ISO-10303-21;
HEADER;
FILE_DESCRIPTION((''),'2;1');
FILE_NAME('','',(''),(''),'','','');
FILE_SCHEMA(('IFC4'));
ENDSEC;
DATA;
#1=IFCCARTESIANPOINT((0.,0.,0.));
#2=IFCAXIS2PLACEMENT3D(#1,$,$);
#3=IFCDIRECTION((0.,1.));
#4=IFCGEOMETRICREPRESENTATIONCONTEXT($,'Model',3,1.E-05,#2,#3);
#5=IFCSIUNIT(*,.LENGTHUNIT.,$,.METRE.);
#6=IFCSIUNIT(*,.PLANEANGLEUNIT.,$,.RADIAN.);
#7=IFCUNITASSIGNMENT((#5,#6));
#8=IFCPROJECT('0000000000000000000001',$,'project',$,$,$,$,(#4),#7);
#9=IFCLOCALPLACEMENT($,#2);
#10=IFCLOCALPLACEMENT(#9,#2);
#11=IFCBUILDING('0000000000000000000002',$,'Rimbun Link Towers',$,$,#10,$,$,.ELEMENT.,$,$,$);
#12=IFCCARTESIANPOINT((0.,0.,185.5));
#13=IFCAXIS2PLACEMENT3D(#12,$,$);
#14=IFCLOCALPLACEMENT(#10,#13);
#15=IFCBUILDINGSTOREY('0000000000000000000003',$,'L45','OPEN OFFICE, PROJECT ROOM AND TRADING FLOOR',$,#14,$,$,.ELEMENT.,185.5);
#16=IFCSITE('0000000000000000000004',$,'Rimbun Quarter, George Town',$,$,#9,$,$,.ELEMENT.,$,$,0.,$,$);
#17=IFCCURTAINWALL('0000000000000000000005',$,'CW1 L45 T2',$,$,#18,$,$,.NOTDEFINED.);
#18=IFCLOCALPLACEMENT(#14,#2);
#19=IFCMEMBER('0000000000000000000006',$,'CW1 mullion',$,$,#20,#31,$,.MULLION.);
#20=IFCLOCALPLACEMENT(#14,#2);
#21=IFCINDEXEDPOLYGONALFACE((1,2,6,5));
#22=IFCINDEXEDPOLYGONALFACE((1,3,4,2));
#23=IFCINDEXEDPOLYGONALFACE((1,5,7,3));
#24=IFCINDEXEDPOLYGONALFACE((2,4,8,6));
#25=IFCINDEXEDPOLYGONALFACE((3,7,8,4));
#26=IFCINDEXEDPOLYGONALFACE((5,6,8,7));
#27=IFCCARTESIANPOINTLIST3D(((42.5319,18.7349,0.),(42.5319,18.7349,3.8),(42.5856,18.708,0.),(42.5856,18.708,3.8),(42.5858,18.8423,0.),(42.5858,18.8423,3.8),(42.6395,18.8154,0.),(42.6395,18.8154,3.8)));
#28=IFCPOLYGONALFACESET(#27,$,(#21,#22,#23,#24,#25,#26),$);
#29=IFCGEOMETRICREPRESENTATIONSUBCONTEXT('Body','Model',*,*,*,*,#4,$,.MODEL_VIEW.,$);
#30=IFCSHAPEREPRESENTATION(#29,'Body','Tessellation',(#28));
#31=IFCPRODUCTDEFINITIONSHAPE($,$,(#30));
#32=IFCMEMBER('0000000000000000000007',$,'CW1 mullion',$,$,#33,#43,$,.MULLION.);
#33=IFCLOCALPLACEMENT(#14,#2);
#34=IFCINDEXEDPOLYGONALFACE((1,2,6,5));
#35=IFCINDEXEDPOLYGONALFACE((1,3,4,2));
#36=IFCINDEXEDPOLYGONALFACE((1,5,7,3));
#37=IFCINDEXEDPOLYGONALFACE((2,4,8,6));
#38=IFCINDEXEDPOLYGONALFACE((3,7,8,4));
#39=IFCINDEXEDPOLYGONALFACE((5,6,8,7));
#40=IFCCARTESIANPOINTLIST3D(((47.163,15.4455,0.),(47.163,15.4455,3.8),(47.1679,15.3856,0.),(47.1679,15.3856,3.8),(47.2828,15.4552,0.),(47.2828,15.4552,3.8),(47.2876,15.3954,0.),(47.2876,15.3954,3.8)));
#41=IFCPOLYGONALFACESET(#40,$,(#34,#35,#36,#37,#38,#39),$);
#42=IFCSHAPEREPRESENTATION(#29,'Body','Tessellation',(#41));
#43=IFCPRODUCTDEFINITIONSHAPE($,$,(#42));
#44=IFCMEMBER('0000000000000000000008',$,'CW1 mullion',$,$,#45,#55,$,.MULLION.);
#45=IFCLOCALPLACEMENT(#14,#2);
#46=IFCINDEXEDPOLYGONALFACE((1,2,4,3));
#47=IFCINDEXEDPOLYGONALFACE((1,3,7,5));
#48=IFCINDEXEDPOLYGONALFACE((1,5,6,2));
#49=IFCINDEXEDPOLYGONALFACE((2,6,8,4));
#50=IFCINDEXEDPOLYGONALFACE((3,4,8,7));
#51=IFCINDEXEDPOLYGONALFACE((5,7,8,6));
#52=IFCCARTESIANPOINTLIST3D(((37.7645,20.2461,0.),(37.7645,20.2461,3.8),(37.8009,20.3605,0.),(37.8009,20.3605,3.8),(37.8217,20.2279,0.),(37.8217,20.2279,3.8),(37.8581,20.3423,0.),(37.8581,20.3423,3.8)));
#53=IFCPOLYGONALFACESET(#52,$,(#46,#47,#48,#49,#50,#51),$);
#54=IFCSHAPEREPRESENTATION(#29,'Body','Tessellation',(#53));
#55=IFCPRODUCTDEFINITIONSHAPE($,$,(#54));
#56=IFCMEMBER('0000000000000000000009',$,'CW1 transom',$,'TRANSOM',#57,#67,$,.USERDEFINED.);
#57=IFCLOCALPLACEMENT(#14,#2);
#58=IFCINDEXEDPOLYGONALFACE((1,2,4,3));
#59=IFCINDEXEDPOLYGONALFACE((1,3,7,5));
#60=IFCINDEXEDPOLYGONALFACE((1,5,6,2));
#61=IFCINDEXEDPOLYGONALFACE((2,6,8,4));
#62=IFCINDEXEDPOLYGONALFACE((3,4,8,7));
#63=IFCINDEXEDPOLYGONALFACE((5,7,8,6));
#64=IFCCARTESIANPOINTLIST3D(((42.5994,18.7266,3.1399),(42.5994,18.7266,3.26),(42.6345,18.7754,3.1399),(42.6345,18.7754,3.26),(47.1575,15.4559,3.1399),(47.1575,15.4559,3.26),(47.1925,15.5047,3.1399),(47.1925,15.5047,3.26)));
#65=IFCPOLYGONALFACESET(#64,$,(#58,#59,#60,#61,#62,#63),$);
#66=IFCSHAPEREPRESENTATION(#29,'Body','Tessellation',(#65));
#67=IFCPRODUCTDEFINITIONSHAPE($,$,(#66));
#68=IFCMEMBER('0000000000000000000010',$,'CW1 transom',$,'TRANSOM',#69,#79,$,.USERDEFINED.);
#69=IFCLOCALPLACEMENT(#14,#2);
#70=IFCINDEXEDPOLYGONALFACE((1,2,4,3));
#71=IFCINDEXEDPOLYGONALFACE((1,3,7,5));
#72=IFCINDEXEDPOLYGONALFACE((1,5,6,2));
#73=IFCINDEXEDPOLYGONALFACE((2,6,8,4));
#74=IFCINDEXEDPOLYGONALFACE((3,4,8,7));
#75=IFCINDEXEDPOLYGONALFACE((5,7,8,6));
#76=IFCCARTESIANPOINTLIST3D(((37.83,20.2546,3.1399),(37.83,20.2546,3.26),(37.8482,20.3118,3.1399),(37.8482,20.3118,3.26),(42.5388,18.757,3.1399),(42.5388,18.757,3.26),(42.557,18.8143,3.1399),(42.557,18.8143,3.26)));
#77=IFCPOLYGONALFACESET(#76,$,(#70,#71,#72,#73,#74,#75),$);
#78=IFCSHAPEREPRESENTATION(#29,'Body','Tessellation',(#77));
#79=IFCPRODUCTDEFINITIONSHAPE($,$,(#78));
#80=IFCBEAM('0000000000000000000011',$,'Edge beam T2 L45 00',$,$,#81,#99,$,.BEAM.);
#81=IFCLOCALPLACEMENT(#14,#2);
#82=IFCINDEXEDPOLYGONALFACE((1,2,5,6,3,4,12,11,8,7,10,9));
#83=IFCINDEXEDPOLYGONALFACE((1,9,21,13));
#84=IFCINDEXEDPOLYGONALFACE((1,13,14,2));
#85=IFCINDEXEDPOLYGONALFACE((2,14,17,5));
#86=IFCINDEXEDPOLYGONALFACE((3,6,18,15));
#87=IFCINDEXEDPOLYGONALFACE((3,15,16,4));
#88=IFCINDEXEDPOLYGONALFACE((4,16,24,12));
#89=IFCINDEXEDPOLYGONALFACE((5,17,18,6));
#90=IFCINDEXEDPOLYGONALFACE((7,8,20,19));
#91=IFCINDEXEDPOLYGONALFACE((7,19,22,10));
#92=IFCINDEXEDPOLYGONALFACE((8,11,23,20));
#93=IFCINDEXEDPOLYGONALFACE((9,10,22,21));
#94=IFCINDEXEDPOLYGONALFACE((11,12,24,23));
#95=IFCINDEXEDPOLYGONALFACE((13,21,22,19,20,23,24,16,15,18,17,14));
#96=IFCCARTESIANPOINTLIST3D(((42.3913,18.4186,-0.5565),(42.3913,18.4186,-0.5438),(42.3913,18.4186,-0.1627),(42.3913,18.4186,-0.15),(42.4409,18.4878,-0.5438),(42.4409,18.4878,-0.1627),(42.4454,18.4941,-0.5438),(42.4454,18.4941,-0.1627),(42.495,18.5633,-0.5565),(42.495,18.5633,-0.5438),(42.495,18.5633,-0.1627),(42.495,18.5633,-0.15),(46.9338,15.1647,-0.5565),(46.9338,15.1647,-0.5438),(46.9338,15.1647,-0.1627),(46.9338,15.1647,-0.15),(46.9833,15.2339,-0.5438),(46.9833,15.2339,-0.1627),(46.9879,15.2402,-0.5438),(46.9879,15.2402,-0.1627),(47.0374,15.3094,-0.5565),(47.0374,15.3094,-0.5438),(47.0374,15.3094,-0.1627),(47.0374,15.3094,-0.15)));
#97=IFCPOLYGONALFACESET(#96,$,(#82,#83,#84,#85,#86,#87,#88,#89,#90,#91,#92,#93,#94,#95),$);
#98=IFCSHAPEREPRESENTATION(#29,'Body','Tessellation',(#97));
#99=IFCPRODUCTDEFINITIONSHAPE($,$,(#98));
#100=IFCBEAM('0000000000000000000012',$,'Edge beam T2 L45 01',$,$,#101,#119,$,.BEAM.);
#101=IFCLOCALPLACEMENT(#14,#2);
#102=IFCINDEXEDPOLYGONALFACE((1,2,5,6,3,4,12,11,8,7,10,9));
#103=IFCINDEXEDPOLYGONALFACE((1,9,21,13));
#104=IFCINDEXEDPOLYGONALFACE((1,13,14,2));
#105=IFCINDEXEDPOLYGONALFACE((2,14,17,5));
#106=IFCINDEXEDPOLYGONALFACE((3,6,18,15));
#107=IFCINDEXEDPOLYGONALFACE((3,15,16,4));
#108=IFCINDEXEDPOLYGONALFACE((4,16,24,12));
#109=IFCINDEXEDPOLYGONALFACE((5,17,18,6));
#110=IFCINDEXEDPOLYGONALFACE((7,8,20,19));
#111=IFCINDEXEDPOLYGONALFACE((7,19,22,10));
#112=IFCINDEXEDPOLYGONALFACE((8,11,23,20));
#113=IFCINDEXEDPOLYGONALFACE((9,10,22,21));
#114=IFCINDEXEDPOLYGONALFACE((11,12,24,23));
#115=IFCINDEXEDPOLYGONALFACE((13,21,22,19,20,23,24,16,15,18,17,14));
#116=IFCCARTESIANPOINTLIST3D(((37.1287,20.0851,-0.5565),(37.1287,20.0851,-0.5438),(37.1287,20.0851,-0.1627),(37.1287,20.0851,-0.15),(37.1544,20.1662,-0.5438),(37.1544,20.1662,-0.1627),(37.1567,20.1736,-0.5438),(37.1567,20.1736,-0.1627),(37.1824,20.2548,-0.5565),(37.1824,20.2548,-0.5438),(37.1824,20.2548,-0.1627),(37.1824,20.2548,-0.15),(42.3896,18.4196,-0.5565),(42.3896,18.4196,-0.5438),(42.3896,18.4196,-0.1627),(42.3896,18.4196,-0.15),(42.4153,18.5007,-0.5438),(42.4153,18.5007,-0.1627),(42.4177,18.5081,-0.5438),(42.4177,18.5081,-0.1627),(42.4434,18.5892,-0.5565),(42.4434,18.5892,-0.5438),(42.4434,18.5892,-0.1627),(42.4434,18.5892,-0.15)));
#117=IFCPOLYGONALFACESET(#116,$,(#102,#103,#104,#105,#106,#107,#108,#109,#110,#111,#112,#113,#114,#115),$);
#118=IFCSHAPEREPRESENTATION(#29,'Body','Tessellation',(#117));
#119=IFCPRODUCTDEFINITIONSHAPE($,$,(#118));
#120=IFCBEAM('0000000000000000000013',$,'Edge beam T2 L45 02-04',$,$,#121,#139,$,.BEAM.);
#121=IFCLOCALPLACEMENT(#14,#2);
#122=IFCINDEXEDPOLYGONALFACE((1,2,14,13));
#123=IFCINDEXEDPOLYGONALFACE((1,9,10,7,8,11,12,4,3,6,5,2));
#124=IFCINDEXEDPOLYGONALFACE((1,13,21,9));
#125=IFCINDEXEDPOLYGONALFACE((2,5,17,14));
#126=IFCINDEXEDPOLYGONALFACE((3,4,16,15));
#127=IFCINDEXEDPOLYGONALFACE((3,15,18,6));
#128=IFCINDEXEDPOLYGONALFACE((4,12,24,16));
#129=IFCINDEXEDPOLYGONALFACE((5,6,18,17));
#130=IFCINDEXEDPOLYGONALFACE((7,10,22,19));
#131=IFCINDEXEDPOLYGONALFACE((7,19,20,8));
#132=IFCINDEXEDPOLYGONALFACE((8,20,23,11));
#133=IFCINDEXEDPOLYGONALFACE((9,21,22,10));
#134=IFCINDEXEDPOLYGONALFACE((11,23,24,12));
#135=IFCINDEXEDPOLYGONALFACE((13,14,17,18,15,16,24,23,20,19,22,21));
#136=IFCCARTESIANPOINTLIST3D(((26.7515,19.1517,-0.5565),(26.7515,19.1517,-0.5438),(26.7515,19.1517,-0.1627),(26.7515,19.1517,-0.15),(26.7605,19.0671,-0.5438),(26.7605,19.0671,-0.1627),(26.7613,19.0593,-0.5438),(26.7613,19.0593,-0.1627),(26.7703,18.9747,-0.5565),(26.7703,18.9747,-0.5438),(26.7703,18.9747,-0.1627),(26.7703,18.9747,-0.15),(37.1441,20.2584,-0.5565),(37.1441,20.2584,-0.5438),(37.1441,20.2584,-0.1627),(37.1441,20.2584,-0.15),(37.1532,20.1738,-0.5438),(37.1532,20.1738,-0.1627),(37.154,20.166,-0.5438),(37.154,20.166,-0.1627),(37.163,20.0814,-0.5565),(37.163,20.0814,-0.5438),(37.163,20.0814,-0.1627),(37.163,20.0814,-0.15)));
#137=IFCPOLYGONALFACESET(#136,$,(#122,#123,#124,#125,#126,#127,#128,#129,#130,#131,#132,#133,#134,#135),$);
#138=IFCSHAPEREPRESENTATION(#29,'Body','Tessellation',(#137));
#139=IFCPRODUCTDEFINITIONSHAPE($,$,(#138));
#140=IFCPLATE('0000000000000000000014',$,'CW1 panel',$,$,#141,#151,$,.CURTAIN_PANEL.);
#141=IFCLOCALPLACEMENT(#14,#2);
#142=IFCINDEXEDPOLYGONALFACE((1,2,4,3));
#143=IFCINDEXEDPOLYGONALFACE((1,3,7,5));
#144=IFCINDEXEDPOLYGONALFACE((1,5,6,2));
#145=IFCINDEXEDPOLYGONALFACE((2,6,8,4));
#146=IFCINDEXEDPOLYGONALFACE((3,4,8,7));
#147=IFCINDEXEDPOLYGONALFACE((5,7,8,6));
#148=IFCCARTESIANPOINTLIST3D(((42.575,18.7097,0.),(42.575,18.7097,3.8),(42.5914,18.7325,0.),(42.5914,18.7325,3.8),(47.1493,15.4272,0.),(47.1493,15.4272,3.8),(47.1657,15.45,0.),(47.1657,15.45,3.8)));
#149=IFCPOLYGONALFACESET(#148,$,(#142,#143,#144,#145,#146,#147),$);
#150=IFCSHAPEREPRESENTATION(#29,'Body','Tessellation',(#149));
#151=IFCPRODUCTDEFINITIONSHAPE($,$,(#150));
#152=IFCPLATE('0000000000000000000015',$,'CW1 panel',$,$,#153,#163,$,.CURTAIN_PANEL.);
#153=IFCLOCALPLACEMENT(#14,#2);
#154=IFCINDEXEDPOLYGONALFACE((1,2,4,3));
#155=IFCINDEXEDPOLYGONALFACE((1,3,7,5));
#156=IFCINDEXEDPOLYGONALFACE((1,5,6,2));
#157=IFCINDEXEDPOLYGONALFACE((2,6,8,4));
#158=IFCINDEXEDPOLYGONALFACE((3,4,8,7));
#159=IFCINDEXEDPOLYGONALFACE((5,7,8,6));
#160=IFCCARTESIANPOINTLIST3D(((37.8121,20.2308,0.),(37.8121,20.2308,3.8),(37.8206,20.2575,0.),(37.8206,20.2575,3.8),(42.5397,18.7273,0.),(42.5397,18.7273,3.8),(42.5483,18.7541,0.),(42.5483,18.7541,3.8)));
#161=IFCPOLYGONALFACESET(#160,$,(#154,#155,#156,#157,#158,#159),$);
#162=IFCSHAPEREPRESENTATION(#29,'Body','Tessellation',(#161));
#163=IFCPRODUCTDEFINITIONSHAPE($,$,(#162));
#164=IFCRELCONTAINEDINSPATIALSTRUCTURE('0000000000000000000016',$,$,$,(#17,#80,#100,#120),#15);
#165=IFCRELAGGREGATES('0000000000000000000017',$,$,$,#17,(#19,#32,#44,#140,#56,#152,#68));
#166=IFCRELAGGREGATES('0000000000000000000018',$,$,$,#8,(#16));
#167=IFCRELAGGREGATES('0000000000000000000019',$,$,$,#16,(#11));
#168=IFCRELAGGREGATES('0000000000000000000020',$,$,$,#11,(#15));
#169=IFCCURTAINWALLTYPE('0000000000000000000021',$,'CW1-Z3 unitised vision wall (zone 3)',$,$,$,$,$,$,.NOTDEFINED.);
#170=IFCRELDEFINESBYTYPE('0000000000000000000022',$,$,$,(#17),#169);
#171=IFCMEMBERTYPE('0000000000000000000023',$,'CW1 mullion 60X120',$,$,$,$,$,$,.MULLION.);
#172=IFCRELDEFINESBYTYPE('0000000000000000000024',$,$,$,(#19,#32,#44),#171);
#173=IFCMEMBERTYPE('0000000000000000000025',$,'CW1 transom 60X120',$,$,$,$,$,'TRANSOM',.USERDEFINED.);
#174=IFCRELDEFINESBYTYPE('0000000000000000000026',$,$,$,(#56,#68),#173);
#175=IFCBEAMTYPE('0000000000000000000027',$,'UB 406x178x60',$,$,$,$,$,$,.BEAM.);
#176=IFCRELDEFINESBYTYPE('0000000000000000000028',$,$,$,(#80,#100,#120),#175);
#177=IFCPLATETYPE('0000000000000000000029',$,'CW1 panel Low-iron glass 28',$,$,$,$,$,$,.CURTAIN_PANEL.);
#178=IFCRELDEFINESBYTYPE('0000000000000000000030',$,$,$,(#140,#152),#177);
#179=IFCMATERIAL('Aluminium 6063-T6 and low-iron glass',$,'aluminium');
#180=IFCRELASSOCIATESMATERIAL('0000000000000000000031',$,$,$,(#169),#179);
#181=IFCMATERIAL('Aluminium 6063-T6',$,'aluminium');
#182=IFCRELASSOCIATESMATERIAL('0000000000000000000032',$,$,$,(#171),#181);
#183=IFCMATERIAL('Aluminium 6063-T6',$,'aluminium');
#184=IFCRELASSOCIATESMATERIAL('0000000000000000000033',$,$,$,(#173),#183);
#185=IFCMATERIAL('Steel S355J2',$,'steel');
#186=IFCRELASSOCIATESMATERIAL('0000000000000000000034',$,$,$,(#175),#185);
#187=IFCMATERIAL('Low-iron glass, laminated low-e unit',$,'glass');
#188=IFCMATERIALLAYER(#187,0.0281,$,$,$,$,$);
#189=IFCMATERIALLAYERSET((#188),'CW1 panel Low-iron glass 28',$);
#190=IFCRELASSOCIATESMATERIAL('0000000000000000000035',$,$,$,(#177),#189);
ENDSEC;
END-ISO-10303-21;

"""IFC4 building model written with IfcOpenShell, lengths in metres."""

from ifc_helpers import new_model, si_unit, direction, frame, origin, origin_2d, place, context, subcontext, project, spatial, rectangle, i_section, extrude, material, layer, layer_set, material_profile, profile_set, type_object, element, aggregate, save


model = new_model("IFC4")

# Units and contexts
model_context = context("Model", 3, precision=1e-05, world=origin(), true_north=direction((0.0, 1.0)))
body_context = subcontext(model_context, "Body", "Model", "MODEL_VIEW")
ifc_project = project(units=[si_unit("LENGTHUNIT", "METRE"), si_unit("PLANEANGLEUNIT", "RADIAN")], contexts=[model_context])

# Site, building, storey
site_placement = place(None, origin())
site = spatial("IfcSite", under=ifc_project, at=site_placement, Name="Rimbun Quarter, George Town", CompositionType="ELEMENT", RefElevation=0.0)
building_placement = place(site_placement, origin())
building = spatial("IfcBuilding", under=site, at=building_placement, Name="Rimbun Link Towers", CompositionType="ELEMENT")
storey_placement = place(building_placement, frame((0.0, 0.0, 185.5)))
storey = spatial("IfcBuildingStorey", under=building, at=storey_placement, Name="L45", Description="OPEN OFFICE, PROJECT ROOM AND TRADING FLOOR", CompositionType="ELEMENT", Elevation=185.5)

# Curtain wall, members
ifc_material_1 = material(Name="Aluminium 6063-T6 and low-iron glass", Category="aluminium")
curtain_wall_type = type_object("IfcCurtainWallType", Name="CW1-Z3 unitised vision wall (zone 3)", PredefinedType="NOTDEFINED", material=ifc_material_1)
curtain_wall_placement = place(storey_placement, origin())
curtain_wall = element("IfcCurtainWall", 1, at=curtain_wall_placement, inside=storey, type_object=curtain_wall_type, Name="CW1 L45 T2", PredefinedType="NOTDEFINED")
ifc_material_2 = material(Name="Aluminium 6063-T6", Category="aluminium")
ifc_material_profile_1 = material_profile(ifc_material_2, rectangle(XDim=0.1201, YDim=0.0601, at=origin_2d()), Name="MULLION 60X120")
ifc_profile_set_1 = profile_set([ifc_material_profile_1], Name="Aluminium 6063-T6")
member_type_1 = type_object("IfcMemberType", Name="CW1 mullion 60X120", PredefinedType="MULLION", material=ifc_profile_set_1)
member_1_placement = place(storey_placement, frame((42.5857, 18.7751, 0.0), z_axis=(0.0, 0.0, 1.0), x_axis=(0.44857, 0.893748, 0.0)))
member_1 = element("IfcMember", 2, at=member_1_placement, type_object=member_type_1, Name="CW1 mullion", PredefinedType="MULLION", context=body_context, shape_type="SweptSolid", body=[
    extrude(rectangle(XDim=0.1201, YDim=0.0601, at=origin_2d()), origin(), (0.0, 0.0, 1.0), 3.8),
])
member_2_placement = place(storey_placement, frame((47.2253, 15.4204, 0.0), z_axis=(0.0, 0.0, 1.0), x_axis=(0.996682, 0.081391, 0.0)))
member_2 = element("IfcMember", 3, at=member_2_placement, type_object=member_type_1, Name="CW1 mullion", PredefinedType="MULLION", context=body_context, shape_type="SweptSolid", body=[
    extrude(rectangle(XDim=0.1201, YDim=0.0601, at=origin_2d()), origin(), (0.0, 0.0, 1.0), 3.8),
])
member_3_placement = place(storey_placement, frame((37.8113, 20.2942, 0.0), z_axis=(0.0, 0.0, 1.0), x_axis=(0.303053, 0.952974, 0.0)))
member_3 = element("IfcMember", 4, at=member_3_placement, type_object=member_type_1, Name="CW1 mullion", PredefinedType="MULLION", context=body_context, shape_type="SweptSolid", body=[
    extrude(rectangle(XDim=0.1201, YDim=0.0601, at=origin_2d()), origin(), (0.0, 0.0, 1.0), 3.8),
])
ifc_material_3 = material(Name="Aluminium 6063-T6", Category="aluminium")
ifc_material_profile_2 = material_profile(ifc_material_3, rectangle(XDim=0.0601, YDim=0.1201, at=origin_2d()), Name="TRANSOM 60X120")
ifc_profile_set_2 = profile_set([ifc_material_profile_2], Name="Aluminium 6063-T6")
member_type_2 = type_object("IfcMemberType", Name="CW1 transom 60X120", ElementType="TRANSOM", PredefinedType="USERDEFINED", material=ifc_profile_set_2)
member_4_placement = place(storey_placement, frame((42.6169, 18.751, 3.2), z_axis=(0.81247, -0.583003, 0.0), x_axis=(0.583003, 0.81247, 0.0)))
member_4 = element("IfcMember", 5, at=member_4_placement, type_object=member_type_2, Name="CW1 transom", ObjectType="TRANSOM", PredefinedType="USERDEFINED", context=body_context, shape_type="SweptSolid", body=[
    extrude(rectangle(XDim=0.0601, YDim=0.1201, at=origin_2d()), origin(), (0.0, 0.0, 1.0), 5.6101),
])
member_5_placement = place(storey_placement, frame((37.8391, 20.2832, 3.2), z_axis=(0.952965, -0.303079, 0.0), x_axis=(0.303079, 0.952965, 0.0)))
member_5 = element("IfcMember", 6, at=member_5_placement, type_object=member_type_2, Name="CW1 transom", ObjectType="TRANSOM", PredefinedType="USERDEFINED", context=body_context, shape_type="SweptSolid", body=[
    extrude(rectangle(XDim=0.0601, YDim=0.1201, at=origin_2d()), origin(), (0.0, 0.0, 1.0), 4.9412),
])

# Beams
ifc_material_4 = material(Name="Steel S355J2", Category="steel")
ifc_material_profile_3 = material_profile(ifc_material_4, i_section(OverallWidth=0.178, OverallDepth=0.4065, WebThickness=0.0078, FlangeThickness=0.0127, at=origin_2d()), Name="UB 406x178x60")
ifc_profile_set_3 = profile_set([ifc_material_profile_3], Name="Steel S355J2")
beam_type = type_object("IfcBeamType", Name="UB 406x178x60", PredefinedType="BEAM", material=ifc_profile_set_3)
beam_1_placement = place(storey_placement, frame((46.9856, 15.2371, -0.3533), z_axis=(-0.812947, 0.582337, 0.0), x_axis=(-0.582337, -0.812947, 0.0)))
element("IfcBeam", 7, at=beam_1_placement, inside=storey, type_object=beam_type, Name="Edge beam T2 L45 00", PredefinedType="BEAM", context=body_context, shape_type="SweptSolid", body=[
    extrude(i_section(OverallWidth=0.178, OverallDepth=0.4065, WebThickness=0.0078, FlangeThickness=0.0127, at=origin_2d()), origin(), (0.0, 0.0, 1.0), 5.5876),
])
beam_2_placement = place(storey_placement, frame((42.4165, 18.5044, -0.3533), z_axis=(-0.953366, 0.301817, 0.0), x_axis=(-0.301817, -0.953366, 0.0)))
element("IfcBeam", 8, at=beam_2_placement, inside=storey, type_object=beam_type, Name="Edge beam T2 L45 01", PredefinedType="BEAM", context=body_context, shape_type="SweptSolid", body=[
    extrude(i_section(OverallWidth=0.178, OverallDepth=0.4065, WebThickness=0.0078, FlangeThickness=0.0127, at=origin_2d()), origin(), (0.0, 0.0, 1.0), 5.5183),
])
beam_3_placement = place(storey_placement, frame((37.1536, 20.1699, -0.3533), z_axis=(-0.994378, -0.10589, 0.0), x_axis=(0.10589, -0.994378, 0.0)))
element("IfcBeam", 9, at=beam_3_placement, inside=storey, type_object=beam_type, Name="Edge beam T2 L45 02-04", PredefinedType="BEAM", context=body_context, shape_type="SweptSolid", body=[
    extrude(i_section(OverallWidth=0.178, OverallDepth=0.4065, WebThickness=0.0078, FlangeThickness=0.0127, at=origin_2d()), origin(), (0.0, 0.0, 1.0), 10.4514),
])

# Plates
ifc_material_5 = material(Name="Low-iron glass, laminated low-e unit", Category="glass")
ifc_layer_1 = layer(ifc_material_5, 0.0281)
ifc_layer_set_1 = layer_set([ifc_layer_1], Name="CW1 panel Low-iron glass 28")
plate_type = type_object("IfcPlateType", Name="CW1 panel Low-iron glass 28", PredefinedType="CURTAIN_PANEL", material=ifc_layer_set_1)
plate_1_placement = place(storey_placement, frame((44.8704, 17.0798, 0.0), z_axis=(0.0, 0.0, 1.0), x_axis=(0.812461, -0.583015, 0.0)))
plate_1 = element("IfcPlate", 10, at=plate_1_placement, type_object=plate_type, Name="CW1 panel", PredefinedType="CURTAIN_PANEL", context=body_context, shape_type="SweptSolid", body=[
    extrude(rectangle(XDim=5.6301, YDim=0.0281, at=origin_2d()), origin(), (0.0, 0.0, 1.0), 3.8),
])
plate_2_placement = place(storey_placement, frame((40.1802, 19.4924, 0.0), z_axis=(0.0, 0.0, 1.0), x_axis=(0.952974, -0.303053, 0.0)))
plate_2 = element("IfcPlate", 11, at=plate_2_placement, type_object=plate_type, Name="CW1 panel", PredefinedType="CURTAIN_PANEL", context=body_context, shape_type="SweptSolid", body=[
    extrude(rectangle(XDim=4.9609, YDim=0.0281, at=origin_2d()), origin(), (0.0, 0.0, 1.0), 3.8),
])
aggregate(curtain_wall, [member_1, member_2, member_3, plate_1, member_4, plate_2, member_5])

save(model, "model.ifc")
